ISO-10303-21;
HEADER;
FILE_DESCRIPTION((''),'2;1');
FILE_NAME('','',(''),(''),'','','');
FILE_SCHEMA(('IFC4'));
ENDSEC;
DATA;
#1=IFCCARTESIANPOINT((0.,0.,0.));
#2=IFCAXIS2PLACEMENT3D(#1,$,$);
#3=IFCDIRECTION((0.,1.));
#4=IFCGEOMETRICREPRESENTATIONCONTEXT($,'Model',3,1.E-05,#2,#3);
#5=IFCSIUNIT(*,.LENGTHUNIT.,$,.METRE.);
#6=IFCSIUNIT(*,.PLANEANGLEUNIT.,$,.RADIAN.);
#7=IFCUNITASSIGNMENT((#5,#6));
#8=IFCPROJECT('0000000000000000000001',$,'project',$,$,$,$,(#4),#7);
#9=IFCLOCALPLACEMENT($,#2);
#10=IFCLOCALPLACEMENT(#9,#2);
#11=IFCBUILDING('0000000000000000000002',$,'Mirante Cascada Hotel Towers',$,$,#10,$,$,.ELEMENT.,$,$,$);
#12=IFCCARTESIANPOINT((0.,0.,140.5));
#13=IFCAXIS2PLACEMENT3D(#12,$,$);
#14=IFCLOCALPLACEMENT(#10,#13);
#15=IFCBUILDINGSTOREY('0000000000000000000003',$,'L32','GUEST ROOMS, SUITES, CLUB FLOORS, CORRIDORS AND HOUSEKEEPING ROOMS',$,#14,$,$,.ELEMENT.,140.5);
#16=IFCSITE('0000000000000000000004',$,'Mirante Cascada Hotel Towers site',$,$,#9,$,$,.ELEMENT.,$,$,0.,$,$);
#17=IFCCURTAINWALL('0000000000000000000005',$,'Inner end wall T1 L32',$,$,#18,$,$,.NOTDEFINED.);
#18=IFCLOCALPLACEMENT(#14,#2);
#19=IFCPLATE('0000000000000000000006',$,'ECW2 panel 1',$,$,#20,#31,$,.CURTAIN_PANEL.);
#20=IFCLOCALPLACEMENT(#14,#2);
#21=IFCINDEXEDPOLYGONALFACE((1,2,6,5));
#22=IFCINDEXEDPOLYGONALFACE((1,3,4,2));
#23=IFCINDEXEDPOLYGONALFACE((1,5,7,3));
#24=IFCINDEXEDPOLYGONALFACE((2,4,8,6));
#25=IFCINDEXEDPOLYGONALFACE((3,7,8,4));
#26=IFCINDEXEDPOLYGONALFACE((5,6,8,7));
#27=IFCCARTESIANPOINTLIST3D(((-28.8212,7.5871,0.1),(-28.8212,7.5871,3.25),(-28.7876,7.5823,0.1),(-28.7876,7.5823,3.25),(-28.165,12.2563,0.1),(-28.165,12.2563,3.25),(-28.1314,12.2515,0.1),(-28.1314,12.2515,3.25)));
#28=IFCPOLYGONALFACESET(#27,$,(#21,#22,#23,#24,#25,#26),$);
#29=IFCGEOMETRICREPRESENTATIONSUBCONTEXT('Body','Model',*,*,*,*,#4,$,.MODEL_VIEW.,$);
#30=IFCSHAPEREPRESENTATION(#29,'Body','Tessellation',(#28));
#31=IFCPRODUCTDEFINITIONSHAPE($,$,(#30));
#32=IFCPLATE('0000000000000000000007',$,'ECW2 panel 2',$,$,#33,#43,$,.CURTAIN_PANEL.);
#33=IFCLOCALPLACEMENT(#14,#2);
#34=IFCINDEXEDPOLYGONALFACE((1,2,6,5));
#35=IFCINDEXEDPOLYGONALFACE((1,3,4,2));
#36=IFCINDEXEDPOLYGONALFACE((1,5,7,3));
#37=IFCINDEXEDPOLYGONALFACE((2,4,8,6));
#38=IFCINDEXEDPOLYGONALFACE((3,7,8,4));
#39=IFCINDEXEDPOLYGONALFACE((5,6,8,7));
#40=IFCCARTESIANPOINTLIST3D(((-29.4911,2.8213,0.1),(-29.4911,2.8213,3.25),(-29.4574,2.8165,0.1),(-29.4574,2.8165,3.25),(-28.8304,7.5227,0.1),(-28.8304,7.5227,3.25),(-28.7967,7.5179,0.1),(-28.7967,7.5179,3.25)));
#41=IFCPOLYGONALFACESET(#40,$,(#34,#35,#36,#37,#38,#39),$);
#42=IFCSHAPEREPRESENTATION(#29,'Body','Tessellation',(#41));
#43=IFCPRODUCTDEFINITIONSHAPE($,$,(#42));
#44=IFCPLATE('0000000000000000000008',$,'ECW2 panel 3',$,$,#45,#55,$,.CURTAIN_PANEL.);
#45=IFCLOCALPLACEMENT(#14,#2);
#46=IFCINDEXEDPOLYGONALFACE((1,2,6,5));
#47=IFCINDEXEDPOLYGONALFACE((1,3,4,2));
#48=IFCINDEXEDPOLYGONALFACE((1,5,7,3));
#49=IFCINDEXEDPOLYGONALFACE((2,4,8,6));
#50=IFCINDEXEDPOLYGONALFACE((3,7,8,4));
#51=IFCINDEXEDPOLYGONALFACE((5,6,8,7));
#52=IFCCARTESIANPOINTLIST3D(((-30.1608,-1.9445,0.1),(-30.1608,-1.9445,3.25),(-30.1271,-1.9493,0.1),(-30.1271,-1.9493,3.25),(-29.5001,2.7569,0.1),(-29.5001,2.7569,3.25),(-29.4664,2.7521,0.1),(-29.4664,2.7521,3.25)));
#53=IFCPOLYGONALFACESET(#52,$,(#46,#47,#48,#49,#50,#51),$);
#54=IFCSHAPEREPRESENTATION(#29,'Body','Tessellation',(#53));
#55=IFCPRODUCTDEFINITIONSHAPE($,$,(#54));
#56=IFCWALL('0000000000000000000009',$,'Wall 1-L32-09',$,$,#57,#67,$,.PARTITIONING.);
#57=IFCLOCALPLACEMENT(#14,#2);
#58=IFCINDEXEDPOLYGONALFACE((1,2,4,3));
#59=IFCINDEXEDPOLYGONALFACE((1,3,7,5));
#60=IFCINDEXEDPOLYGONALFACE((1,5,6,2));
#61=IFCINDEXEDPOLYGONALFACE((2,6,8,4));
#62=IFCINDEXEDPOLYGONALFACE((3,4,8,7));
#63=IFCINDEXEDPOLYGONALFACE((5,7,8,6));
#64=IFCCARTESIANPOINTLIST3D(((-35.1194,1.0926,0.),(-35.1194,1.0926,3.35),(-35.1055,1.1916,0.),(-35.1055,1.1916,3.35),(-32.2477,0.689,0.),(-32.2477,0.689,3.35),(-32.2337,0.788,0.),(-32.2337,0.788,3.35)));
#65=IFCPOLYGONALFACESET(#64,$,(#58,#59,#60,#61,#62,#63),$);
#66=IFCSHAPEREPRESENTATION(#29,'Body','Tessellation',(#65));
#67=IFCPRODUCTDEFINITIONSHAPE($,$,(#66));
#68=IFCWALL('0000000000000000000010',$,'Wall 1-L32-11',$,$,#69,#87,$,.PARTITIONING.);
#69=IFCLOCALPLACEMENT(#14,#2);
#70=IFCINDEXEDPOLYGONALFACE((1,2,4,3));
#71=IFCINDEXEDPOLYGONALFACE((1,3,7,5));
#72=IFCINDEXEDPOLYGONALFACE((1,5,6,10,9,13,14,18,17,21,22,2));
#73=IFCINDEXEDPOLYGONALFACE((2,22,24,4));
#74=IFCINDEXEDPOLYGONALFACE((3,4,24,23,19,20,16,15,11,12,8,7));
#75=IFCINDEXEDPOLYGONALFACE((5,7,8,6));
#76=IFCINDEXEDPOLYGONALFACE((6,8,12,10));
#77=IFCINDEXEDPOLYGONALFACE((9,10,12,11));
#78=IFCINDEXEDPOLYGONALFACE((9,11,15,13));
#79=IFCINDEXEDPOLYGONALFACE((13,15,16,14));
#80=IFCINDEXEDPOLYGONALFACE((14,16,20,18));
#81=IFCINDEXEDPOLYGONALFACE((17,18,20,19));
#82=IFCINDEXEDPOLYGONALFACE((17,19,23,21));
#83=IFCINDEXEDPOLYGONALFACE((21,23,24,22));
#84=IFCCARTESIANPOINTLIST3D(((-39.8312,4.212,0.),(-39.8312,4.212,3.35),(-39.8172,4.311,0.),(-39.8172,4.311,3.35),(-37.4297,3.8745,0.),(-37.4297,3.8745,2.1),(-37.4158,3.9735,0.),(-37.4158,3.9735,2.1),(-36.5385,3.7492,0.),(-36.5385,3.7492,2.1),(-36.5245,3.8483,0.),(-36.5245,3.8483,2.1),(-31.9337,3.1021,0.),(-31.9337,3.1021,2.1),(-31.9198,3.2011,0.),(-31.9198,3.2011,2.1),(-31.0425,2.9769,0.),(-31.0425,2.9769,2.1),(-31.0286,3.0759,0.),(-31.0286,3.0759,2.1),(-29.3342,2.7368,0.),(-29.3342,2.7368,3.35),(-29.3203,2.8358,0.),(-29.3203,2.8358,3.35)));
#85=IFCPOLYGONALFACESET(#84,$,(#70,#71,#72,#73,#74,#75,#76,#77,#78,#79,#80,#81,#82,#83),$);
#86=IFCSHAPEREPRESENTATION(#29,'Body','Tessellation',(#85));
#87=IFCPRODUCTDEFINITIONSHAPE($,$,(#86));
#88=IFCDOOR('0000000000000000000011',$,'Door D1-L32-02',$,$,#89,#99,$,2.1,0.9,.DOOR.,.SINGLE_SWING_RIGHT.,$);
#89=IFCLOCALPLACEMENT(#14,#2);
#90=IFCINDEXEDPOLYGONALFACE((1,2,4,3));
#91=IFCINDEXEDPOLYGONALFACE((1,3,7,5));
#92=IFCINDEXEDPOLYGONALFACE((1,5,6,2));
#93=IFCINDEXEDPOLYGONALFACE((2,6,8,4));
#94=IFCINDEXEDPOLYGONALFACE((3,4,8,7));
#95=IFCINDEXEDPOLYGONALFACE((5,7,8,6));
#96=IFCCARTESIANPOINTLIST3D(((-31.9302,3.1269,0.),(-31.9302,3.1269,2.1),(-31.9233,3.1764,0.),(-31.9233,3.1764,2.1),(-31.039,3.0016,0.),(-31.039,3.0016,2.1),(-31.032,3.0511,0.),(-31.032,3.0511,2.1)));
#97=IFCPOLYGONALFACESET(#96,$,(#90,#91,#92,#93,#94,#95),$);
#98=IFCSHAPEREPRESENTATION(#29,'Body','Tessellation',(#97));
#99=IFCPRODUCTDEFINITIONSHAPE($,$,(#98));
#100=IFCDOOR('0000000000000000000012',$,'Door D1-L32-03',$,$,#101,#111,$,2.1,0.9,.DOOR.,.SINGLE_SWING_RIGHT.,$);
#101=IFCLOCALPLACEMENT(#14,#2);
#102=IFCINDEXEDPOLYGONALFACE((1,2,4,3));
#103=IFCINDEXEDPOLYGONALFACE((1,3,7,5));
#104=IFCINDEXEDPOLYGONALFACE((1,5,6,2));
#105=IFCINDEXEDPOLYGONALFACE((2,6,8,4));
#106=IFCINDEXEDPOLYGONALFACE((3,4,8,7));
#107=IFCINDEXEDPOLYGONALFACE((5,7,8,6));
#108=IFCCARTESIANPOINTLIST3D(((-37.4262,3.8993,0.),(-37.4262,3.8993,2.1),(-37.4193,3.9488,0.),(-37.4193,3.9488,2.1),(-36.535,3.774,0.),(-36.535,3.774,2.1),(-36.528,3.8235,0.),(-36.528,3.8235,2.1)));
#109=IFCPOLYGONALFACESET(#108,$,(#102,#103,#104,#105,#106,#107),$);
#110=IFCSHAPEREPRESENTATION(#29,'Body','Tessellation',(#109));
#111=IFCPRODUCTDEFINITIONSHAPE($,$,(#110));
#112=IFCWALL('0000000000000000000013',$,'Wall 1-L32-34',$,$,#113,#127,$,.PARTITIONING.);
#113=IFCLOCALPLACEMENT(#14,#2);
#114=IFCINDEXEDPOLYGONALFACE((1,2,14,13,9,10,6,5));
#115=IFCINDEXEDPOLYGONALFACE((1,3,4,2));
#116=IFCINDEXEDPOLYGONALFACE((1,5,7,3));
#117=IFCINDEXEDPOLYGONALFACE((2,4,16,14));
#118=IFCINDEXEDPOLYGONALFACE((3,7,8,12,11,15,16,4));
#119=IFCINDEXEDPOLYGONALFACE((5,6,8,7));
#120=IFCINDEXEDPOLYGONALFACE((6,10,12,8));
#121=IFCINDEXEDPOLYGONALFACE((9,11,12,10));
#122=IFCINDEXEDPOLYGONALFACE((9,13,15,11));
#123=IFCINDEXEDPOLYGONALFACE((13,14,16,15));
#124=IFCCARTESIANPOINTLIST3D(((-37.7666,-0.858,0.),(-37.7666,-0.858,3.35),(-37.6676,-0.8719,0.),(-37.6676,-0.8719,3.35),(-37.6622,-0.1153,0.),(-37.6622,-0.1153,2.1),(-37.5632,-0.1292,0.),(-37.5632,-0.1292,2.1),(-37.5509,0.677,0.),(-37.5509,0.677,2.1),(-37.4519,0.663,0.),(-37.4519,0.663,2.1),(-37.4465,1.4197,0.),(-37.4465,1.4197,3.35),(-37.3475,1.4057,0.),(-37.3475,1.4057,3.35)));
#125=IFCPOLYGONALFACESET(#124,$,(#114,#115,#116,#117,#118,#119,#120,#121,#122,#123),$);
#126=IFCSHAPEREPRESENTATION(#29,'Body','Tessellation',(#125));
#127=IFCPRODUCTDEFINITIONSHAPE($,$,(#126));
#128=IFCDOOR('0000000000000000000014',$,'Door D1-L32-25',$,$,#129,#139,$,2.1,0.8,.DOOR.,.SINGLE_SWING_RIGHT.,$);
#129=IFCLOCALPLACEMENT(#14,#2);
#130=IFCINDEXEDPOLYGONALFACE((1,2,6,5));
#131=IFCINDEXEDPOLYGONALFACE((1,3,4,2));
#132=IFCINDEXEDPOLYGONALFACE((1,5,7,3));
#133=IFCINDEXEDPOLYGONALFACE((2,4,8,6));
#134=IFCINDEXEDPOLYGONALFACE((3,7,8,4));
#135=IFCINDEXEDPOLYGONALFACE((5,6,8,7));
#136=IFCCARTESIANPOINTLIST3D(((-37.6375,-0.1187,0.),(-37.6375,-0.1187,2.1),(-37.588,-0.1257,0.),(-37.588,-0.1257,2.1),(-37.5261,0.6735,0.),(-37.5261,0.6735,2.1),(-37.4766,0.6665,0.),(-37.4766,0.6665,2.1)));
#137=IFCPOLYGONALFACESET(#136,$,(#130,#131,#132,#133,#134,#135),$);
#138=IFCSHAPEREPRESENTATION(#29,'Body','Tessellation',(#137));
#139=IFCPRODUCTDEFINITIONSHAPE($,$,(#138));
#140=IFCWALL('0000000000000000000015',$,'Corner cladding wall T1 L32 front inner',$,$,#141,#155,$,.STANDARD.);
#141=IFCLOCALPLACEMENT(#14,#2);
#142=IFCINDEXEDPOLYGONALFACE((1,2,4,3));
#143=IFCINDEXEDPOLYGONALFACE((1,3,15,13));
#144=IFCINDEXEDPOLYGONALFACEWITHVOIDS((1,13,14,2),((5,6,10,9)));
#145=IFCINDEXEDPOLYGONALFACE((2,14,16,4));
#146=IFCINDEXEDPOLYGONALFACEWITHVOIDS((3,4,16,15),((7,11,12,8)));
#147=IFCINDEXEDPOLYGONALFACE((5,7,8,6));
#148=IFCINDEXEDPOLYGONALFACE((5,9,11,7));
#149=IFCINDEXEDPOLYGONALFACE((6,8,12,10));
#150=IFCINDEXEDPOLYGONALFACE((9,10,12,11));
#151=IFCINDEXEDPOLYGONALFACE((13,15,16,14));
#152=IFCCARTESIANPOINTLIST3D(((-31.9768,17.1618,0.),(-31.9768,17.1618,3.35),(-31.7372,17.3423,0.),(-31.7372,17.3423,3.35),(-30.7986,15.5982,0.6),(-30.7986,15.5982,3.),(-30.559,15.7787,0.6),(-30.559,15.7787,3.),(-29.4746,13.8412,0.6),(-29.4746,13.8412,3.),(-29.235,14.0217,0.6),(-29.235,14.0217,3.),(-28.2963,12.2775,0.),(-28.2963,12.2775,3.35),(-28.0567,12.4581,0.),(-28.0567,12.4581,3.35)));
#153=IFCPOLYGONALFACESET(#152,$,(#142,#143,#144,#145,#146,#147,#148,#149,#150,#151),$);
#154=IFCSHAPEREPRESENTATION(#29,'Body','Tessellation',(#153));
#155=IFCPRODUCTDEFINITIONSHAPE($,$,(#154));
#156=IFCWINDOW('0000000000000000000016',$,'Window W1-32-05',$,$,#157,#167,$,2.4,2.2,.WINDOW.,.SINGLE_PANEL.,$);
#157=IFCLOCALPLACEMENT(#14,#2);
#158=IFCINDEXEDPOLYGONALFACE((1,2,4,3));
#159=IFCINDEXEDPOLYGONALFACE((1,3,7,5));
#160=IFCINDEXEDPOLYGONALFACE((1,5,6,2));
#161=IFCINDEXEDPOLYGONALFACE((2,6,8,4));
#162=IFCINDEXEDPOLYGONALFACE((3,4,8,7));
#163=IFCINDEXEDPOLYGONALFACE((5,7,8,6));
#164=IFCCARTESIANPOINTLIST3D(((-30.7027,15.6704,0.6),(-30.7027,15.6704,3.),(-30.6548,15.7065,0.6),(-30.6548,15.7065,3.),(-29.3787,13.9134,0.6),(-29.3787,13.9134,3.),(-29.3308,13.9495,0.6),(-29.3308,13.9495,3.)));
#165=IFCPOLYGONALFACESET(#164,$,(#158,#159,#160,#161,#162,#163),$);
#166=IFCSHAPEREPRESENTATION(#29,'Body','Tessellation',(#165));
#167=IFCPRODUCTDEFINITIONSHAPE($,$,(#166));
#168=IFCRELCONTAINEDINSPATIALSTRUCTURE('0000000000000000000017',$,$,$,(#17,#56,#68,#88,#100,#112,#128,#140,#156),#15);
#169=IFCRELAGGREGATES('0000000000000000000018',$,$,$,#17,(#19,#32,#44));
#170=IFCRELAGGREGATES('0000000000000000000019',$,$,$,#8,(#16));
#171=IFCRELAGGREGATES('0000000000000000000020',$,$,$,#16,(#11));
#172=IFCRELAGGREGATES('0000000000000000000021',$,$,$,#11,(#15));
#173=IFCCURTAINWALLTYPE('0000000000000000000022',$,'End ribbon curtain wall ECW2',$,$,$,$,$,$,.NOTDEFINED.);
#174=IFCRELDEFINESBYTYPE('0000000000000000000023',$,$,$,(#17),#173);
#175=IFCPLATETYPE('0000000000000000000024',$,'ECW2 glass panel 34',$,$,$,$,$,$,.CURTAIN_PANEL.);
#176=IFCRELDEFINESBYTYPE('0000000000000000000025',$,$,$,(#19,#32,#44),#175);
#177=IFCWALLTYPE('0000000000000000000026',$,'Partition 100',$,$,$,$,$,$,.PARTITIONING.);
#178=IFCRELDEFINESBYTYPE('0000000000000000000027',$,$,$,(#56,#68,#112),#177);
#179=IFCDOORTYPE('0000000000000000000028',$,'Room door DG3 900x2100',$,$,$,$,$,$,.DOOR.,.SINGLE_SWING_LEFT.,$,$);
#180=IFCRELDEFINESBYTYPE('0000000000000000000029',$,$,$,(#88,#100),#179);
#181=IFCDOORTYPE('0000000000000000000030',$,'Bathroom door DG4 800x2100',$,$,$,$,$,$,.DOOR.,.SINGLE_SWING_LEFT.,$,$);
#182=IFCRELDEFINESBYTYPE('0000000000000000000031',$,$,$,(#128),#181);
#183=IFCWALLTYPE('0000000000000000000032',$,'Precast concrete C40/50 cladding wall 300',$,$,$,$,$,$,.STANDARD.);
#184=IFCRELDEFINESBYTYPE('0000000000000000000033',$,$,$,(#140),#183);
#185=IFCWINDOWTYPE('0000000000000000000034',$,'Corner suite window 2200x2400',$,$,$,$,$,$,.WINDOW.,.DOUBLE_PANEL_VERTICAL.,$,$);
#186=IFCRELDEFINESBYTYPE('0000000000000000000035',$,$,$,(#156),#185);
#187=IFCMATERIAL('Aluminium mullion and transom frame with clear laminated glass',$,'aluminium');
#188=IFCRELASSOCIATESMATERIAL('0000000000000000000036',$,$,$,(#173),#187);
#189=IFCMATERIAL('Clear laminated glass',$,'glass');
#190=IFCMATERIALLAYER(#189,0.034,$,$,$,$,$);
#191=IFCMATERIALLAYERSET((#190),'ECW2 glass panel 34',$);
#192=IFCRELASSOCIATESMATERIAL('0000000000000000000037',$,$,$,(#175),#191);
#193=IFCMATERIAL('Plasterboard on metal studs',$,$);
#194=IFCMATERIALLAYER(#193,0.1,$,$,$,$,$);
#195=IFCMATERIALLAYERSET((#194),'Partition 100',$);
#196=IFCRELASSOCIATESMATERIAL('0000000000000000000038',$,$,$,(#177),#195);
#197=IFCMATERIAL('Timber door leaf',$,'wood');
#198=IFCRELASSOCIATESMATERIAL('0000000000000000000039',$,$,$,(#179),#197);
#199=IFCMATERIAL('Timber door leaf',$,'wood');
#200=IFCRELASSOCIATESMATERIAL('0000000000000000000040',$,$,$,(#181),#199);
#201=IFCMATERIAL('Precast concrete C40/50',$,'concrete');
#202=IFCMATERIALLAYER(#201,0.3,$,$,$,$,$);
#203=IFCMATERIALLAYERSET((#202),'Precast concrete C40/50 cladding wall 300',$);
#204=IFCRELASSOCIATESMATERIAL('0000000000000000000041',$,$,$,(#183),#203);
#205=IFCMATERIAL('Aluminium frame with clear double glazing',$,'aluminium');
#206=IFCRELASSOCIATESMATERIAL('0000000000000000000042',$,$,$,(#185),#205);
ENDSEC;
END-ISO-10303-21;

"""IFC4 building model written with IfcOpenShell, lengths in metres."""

from ifc_helpers import new_model, si_unit, direction, frame, frame_2d, origin, origin_2d, place, context, subcontext, project, spatial, rectangle, extrude, material, layer, layer_set, type_object, element, fill, aggregate, save


model = new_model("IFC4")

# Units and contexts
model_context = context("Model", 3, precision=1e-05, world=origin(), true_north=direction((0.0, 1.0)))
body_context = subcontext(model_context, "Body", "Model", "MODEL_VIEW")
ifc_project = project(units=[si_unit("LENGTHUNIT", "METRE"), si_unit("PLANEANGLEUNIT", "RADIAN")], contexts=[model_context])

# Site, building, storey
site_placement = place(None, origin())
site = spatial("IfcSite", under=ifc_project, at=site_placement, Name="Mirante Cascada Hotel Towers site", CompositionType="ELEMENT", RefElevation=0.0)
building_placement = place(site_placement, origin())
building = spatial("IfcBuilding", under=site, at=building_placement, Name="Mirante Cascada Hotel Towers", CompositionType="ELEMENT")
storey_placement = place(building_placement, frame((0.0, 0.0, 140.5)))
storey = spatial("IfcBuildingStorey", under=building, at=storey_placement, Name="L32", Description="GUEST ROOMS, SUITES, CLUB FLOORS, CORRIDORS AND HOUSEKEEPING ROOMS", CompositionType="ELEMENT", Elevation=140.5)

# Curtain wall
ifc_material_1 = material(Name="Aluminium mullion and transom frame with clear laminated glass", Category="aluminium")
curtain_wall_type_1 = type_object("IfcCurtainWallType", Name="End ribbon curtain wall ECW2", PredefinedType="NOTDEFINED", material=ifc_material_1)
curtain_wall_1_placement = place(storey_placement, origin())
curtain_wall_1 = element("IfcCurtainWall", 1, at=curtain_wall_1_placement, inside=storey, type_object=curtain_wall_type_1, Name="Inner end wall T1 L32", PredefinedType="NOTDEFINED")

# Plates
ifc_material_2 = material(Name="Clear laminated glass", Category="glass")
ifc_layer_1 = layer(ifc_material_2, 0.034)
ifc_layer_set_1 = layer_set([ifc_layer_1], Name="ECW2 glass panel 34")
plate_type_1 = type_object("IfcPlateType", Name="ECW2 glass panel 34", PredefinedType="CURTAIN_PANEL", material=ifc_layer_set_1)
plate_1_placement = place(storey_placement, frame((-28.4763, 9.9193, 0.1), z_axis=(0.0, 0.0, 1.0), x_axis=(-0.139173, -0.990268, 0.0)))
plate_1 = element("IfcPlate", 2, at=plate_1_placement, type_object=plate_type_1, Name="ECW2 panel 1", PredefinedType="CURTAIN_PANEL", context=body_context, shape_type="SweptSolid", body=[
    extrude(rectangle(XDim=4.7151, YDim=0.034, at=origin_2d()), origin(), (0.0, 0.0, 1.0), 3.15),
])
plate_2_placement = place(storey_placement, frame((-29.1439, 5.1696, 0.1), z_axis=(0.0, 0.0, 1.0), x_axis=(-0.139173, -0.990268, 0.0)))
plate_2 = element("IfcPlate", 3, at=plate_2_placement, type_object=plate_type_1, Name="ECW2 panel 2", PredefinedType="CURTAIN_PANEL", context=body_context, shape_type="SweptSolid", body=[
    extrude(rectangle(XDim=4.7476, YDim=0.034, at=origin_2d()), origin(), (0.0, 0.0, 1.0), 3.15),
])
plate_3_placement = place(storey_placement, frame((-29.8136, 0.4038, 0.1), z_axis=(0.0, 0.0, 1.0), x_axis=(-0.139173, -0.990268, 0.0)))
plate_3 = element("IfcPlate", 4, at=plate_3_placement, type_object=plate_type_1, Name="ECW2 panel 3", PredefinedType="CURTAIN_PANEL", context=body_context, shape_type="SweptSolid", body=[
    extrude(rectangle(XDim=4.7476, YDim=0.034, at=origin_2d()), origin(), (0.0, 0.0, 1.0), 3.15),
])
aggregate(curtain_wall_1, [plate_1, plate_2, plate_3])

# Wall
ifc_material_3 = material(Name="Plasterboard on metal studs")
ifc_layer_2 = layer(ifc_material_3, 0.1)
ifc_layer_set_2 = layer_set([ifc_layer_2], Name="Partition 100")
wall_type_1 = type_object("IfcWallType", Name="Partition 100", PredefinedType="PARTITIONING", material=ifc_layer_set_2)
wall_1_placement = place(storey_placement, frame((-32.2407, 0.7385, 0.0), z_axis=(0.0, 0.0, 1.0), x_axis=(-0.990268, 0.139171, 0.0)))
element("IfcWall", 5, at=wall_1_placement, inside=storey, type_object=wall_type_1, Name="Wall 1-L32-09", PredefinedType="PARTITIONING", context=body_context, shape_type="SweptSolid", body=[
    extrude(rectangle(XDim=2.9, YDim=0.1, at=frame_2d((1.45, 0.0))), origin(), (0.0, 0.0, 1.0), 3.35),
])

# Wall, openings, doors
wall_2_placement = place(storey_placement, frame((-29.3273, 2.7863, 0.0), z_axis=(0.0, 0.0, 1.0), x_axis=(-0.990269, 0.139169, 0.0)))
wall_2 = element("IfcWall", 6, at=wall_2_placement, inside=storey, type_object=wall_type_1, Name="Wall 1-L32-11", PredefinedType="PARTITIONING", context=body_context, shape_type="SweptSolid", body=[
    extrude(rectangle(XDim=10.6001, YDim=0.1, at=frame_2d((5.3, 0.0))), origin(), (0.0, 0.0, 1.0), 3.35),
])
opening_1_placement = place(wall_2_placement, frame((1.725, 0.0, 0.0)))
opening_1 = element("IfcOpeningElement", 7, at=opening_1_placement, cuts=wall_2, PredefinedType="OPENING", context=body_context, shape_type="SweptSolid", body=[
    extrude(rectangle(XDim=0.9, YDim=2.1, at=frame_2d((0.45, 1.05))), frame((0.0, 0.05, 0.0), z_axis=(0.0, -1.0, 0.0), x_axis=(1.0, 0.0, 0.0)), (0.0, 0.0, 1.0), 0.1),
])
opening_2_placement = place(wall_2_placement, frame((7.275, 0.0, 0.0)))
opening_2 = element("IfcOpeningElement", 8, at=opening_2_placement, cuts=wall_2, PredefinedType="OPENING", context=body_context, shape_type="SweptSolid", body=[
    extrude(rectangle(XDim=0.9, YDim=2.1, at=frame_2d((0.45, 1.05))), frame((0.0, 0.05, 0.0), z_axis=(0.0, -1.0, 0.0), x_axis=(1.0, 0.0, 0.0)), (0.0, 0.0, 1.0), 0.1),
])
ifc_material_4 = material(Name="Timber door leaf", Category="wood")
door_type_1 = type_object("IfcDoorType", Name="Room door DG3 900x2100", OperationType="SINGLE_SWING_LEFT", PredefinedType="DOOR", material=ifc_material_4)
door_1_placement = place(opening_1_placement, frame((0.9, 0.0, 0.0), z_axis=(0.0, 0.0, 1.0), x_axis=(-1.0, 0.0, 0.0)))
door_1 = element("IfcDoor", 9, at=door_1_placement, inside=storey, type_object=door_type_1, Name="Door D1-L32-02", OperationType="SINGLE_SWING_RIGHT", OverallHeight=2.1, OverallWidth=0.9, PredefinedType="DOOR", context=body_context, shape_type="SweptSolid", body=[
    extrude(rectangle(XDim=0.9, YDim=2.1, at=frame_2d((0.45, 1.05))), frame((0.0, 0.025, 0.0), z_axis=(0.0, -1.0, 0.0), x_axis=(1.0, 0.0, 0.0)), (0.0, 0.0, 1.0), 0.05),
])
fill(opening_1, door_1)
door_2_placement = place(opening_2_placement, frame((0.9, 0.0, 0.0), z_axis=(0.0, 0.0, 1.0), x_axis=(-1.0, 0.0, 0.0)))
door_2 = element("IfcDoor", 10, at=door_2_placement, inside=storey, type_object=door_type_1, Name="Door D1-L32-03", OperationType="SINGLE_SWING_RIGHT", OverallHeight=2.1, OverallWidth=0.9, PredefinedType="DOOR", context=body_context, shape_type="SweptSolid", body=[
    extrude(rectangle(XDim=0.9, YDim=2.1, at=frame_2d((0.45, 1.05))), frame((0.0, 0.025, 0.0), z_axis=(0.0, -1.0, 0.0), x_axis=(1.0, 0.0, 0.0)), (0.0, 0.0, 1.0), 0.05),
])
fill(opening_2, door_2)

# Wall, opening, door
wall_3_placement = place(storey_placement, frame((-37.397, 1.4127, 0.0), z_axis=(0.0, 0.0, 1.0), x_axis=(-0.139175, -0.990268, 0.0)))
wall_3 = element("IfcWall", 11, at=wall_3_placement, inside=storey, type_object=wall_type_1, Name="Wall 1-L32-34", PredefinedType="PARTITIONING", context=body_context, shape_type="SweptSolid", body=[
    extrude(rectangle(XDim=2.3, YDim=0.1, at=frame_2d((1.15, 0.0))), origin(), (0.0, 0.0, 1.0), 3.35),
])
opening_3_placement = place(wall_3_placement, frame((0.75, 0.0, 0.0)))
opening_3 = element("IfcOpeningElement", 12, at=opening_3_placement, cuts=wall_3, PredefinedType="OPENING", context=body_context, shape_type="SweptSolid", body=[
    extrude(rectangle(XDim=0.8, YDim=2.1, at=frame_2d((0.4, 1.05))), frame((0.0, 0.05, 0.0), z_axis=(0.0, -1.0, 0.0), x_axis=(1.0, 0.0, 0.0)), (0.0, 0.0, 1.0), 0.1),
])
ifc_material_5 = material(Name="Timber door leaf", Category="wood")
door_type_2 = type_object("IfcDoorType", Name="Bathroom door DG4 800x2100", OperationType="SINGLE_SWING_LEFT", PredefinedType="DOOR", material=ifc_material_5)
door_3_placement = place(opening_3_placement, frame((0.8, 0.0, 0.0), z_axis=(0.0, 0.0, 1.0), x_axis=(-1.0, 0.0, 0.0)))
door_3 = element("IfcDoor", 13, at=door_3_placement, inside=storey, type_object=door_type_2, Name="Door D1-L32-25", OperationType="SINGLE_SWING_RIGHT", OverallHeight=2.1, OverallWidth=0.8, PredefinedType="DOOR", context=body_context, shape_type="SweptSolid", body=[
    extrude(rectangle(XDim=0.8, YDim=2.1, at=frame_2d((0.4, 1.05))), frame((0.0, 0.025, 0.0), z_axis=(0.0, -1.0, 0.0), x_axis=(1.0, 0.0, 0.0)), (0.0, 0.0, 1.0), 0.05),
])
fill(opening_3, door_3)

# Wall, opening, window
ifc_material_6 = material(Name="Precast concrete C40/50", Category="concrete")
ifc_layer_3 = layer(ifc_material_6, 0.3)
ifc_layer_set_3 = layer_set([ifc_layer_3], Name="Precast concrete C40/50 cladding wall 300")
wall_type_2 = type_object("IfcWallType", Name="Precast concrete C40/50 cladding wall 300", PredefinedType="STANDARD", material=ifc_layer_set_3)
wall_4_placement = place(storey_placement, frame((-31.857, 17.252, 0.0), z_axis=(0.0, 0.0, 1.0), x_axis=(0.601814, -0.798636, 0.0)))
wall_4 = element("IfcWall", 14, at=wall_4_placement, inside=storey, type_object=wall_type_2, Name="Corner cladding wall T1 L32 front inner", PredefinedType="STANDARD", context=body_context, shape_type="SweptSolid", body=[
    extrude(rectangle(XDim=6.1157, YDim=0.3, at=frame_2d((3.0578, 0.0))), origin(), (0.0, 0.0, 1.0), 3.35),
])
opening_4_placement = place(wall_4_placement, frame((1.9578, 0.0, 0.6)))
opening_4 = element("IfcOpeningElement", 15, at=opening_4_placement, cuts=wall_4, PredefinedType="OPENING", context=body_context, shape_type="SweptSolid", body=[
    extrude(rectangle(XDim=2.2, YDim=2.4, at=frame_2d((1.1, 1.2))), frame((0.0, 0.15, 0.0), z_axis=(0.0, -1.0, 0.0), x_axis=(1.0, 0.0, 0.0)), (0.0, 0.0, 1.0), 0.3),
])
ifc_material_7 = material(Name="Aluminium frame with clear double glazing", Category="aluminium")
window_type = type_object("IfcWindowType", Name="Corner suite window 2200x2400", PartitioningType="DOUBLE_PANEL_VERTICAL", PredefinedType="WINDOW", material=ifc_material_7)
window_placement = place(opening_4_placement, origin())
window = element("IfcWindow", 16, at=window_placement, inside=storey, type_object=window_type, Name="Window W1-32-05", OverallHeight=2.4, OverallWidth=2.2, PartitioningType="SINGLE_PANEL", PredefinedType="WINDOW", context=body_context, shape_type="SweptSolid", body=[
    extrude(rectangle(XDim=2.2, YDim=2.4, at=frame_2d((1.1, 1.2))), frame((0.0, 0.03, 0.0), z_axis=(0.0, -1.0, 0.0), x_axis=(1.0, 0.0, 0.0)), (0.0, 0.0, 1.0), 0.06),
])
fill(opening_4, window)

save(model, "model.ifc")
